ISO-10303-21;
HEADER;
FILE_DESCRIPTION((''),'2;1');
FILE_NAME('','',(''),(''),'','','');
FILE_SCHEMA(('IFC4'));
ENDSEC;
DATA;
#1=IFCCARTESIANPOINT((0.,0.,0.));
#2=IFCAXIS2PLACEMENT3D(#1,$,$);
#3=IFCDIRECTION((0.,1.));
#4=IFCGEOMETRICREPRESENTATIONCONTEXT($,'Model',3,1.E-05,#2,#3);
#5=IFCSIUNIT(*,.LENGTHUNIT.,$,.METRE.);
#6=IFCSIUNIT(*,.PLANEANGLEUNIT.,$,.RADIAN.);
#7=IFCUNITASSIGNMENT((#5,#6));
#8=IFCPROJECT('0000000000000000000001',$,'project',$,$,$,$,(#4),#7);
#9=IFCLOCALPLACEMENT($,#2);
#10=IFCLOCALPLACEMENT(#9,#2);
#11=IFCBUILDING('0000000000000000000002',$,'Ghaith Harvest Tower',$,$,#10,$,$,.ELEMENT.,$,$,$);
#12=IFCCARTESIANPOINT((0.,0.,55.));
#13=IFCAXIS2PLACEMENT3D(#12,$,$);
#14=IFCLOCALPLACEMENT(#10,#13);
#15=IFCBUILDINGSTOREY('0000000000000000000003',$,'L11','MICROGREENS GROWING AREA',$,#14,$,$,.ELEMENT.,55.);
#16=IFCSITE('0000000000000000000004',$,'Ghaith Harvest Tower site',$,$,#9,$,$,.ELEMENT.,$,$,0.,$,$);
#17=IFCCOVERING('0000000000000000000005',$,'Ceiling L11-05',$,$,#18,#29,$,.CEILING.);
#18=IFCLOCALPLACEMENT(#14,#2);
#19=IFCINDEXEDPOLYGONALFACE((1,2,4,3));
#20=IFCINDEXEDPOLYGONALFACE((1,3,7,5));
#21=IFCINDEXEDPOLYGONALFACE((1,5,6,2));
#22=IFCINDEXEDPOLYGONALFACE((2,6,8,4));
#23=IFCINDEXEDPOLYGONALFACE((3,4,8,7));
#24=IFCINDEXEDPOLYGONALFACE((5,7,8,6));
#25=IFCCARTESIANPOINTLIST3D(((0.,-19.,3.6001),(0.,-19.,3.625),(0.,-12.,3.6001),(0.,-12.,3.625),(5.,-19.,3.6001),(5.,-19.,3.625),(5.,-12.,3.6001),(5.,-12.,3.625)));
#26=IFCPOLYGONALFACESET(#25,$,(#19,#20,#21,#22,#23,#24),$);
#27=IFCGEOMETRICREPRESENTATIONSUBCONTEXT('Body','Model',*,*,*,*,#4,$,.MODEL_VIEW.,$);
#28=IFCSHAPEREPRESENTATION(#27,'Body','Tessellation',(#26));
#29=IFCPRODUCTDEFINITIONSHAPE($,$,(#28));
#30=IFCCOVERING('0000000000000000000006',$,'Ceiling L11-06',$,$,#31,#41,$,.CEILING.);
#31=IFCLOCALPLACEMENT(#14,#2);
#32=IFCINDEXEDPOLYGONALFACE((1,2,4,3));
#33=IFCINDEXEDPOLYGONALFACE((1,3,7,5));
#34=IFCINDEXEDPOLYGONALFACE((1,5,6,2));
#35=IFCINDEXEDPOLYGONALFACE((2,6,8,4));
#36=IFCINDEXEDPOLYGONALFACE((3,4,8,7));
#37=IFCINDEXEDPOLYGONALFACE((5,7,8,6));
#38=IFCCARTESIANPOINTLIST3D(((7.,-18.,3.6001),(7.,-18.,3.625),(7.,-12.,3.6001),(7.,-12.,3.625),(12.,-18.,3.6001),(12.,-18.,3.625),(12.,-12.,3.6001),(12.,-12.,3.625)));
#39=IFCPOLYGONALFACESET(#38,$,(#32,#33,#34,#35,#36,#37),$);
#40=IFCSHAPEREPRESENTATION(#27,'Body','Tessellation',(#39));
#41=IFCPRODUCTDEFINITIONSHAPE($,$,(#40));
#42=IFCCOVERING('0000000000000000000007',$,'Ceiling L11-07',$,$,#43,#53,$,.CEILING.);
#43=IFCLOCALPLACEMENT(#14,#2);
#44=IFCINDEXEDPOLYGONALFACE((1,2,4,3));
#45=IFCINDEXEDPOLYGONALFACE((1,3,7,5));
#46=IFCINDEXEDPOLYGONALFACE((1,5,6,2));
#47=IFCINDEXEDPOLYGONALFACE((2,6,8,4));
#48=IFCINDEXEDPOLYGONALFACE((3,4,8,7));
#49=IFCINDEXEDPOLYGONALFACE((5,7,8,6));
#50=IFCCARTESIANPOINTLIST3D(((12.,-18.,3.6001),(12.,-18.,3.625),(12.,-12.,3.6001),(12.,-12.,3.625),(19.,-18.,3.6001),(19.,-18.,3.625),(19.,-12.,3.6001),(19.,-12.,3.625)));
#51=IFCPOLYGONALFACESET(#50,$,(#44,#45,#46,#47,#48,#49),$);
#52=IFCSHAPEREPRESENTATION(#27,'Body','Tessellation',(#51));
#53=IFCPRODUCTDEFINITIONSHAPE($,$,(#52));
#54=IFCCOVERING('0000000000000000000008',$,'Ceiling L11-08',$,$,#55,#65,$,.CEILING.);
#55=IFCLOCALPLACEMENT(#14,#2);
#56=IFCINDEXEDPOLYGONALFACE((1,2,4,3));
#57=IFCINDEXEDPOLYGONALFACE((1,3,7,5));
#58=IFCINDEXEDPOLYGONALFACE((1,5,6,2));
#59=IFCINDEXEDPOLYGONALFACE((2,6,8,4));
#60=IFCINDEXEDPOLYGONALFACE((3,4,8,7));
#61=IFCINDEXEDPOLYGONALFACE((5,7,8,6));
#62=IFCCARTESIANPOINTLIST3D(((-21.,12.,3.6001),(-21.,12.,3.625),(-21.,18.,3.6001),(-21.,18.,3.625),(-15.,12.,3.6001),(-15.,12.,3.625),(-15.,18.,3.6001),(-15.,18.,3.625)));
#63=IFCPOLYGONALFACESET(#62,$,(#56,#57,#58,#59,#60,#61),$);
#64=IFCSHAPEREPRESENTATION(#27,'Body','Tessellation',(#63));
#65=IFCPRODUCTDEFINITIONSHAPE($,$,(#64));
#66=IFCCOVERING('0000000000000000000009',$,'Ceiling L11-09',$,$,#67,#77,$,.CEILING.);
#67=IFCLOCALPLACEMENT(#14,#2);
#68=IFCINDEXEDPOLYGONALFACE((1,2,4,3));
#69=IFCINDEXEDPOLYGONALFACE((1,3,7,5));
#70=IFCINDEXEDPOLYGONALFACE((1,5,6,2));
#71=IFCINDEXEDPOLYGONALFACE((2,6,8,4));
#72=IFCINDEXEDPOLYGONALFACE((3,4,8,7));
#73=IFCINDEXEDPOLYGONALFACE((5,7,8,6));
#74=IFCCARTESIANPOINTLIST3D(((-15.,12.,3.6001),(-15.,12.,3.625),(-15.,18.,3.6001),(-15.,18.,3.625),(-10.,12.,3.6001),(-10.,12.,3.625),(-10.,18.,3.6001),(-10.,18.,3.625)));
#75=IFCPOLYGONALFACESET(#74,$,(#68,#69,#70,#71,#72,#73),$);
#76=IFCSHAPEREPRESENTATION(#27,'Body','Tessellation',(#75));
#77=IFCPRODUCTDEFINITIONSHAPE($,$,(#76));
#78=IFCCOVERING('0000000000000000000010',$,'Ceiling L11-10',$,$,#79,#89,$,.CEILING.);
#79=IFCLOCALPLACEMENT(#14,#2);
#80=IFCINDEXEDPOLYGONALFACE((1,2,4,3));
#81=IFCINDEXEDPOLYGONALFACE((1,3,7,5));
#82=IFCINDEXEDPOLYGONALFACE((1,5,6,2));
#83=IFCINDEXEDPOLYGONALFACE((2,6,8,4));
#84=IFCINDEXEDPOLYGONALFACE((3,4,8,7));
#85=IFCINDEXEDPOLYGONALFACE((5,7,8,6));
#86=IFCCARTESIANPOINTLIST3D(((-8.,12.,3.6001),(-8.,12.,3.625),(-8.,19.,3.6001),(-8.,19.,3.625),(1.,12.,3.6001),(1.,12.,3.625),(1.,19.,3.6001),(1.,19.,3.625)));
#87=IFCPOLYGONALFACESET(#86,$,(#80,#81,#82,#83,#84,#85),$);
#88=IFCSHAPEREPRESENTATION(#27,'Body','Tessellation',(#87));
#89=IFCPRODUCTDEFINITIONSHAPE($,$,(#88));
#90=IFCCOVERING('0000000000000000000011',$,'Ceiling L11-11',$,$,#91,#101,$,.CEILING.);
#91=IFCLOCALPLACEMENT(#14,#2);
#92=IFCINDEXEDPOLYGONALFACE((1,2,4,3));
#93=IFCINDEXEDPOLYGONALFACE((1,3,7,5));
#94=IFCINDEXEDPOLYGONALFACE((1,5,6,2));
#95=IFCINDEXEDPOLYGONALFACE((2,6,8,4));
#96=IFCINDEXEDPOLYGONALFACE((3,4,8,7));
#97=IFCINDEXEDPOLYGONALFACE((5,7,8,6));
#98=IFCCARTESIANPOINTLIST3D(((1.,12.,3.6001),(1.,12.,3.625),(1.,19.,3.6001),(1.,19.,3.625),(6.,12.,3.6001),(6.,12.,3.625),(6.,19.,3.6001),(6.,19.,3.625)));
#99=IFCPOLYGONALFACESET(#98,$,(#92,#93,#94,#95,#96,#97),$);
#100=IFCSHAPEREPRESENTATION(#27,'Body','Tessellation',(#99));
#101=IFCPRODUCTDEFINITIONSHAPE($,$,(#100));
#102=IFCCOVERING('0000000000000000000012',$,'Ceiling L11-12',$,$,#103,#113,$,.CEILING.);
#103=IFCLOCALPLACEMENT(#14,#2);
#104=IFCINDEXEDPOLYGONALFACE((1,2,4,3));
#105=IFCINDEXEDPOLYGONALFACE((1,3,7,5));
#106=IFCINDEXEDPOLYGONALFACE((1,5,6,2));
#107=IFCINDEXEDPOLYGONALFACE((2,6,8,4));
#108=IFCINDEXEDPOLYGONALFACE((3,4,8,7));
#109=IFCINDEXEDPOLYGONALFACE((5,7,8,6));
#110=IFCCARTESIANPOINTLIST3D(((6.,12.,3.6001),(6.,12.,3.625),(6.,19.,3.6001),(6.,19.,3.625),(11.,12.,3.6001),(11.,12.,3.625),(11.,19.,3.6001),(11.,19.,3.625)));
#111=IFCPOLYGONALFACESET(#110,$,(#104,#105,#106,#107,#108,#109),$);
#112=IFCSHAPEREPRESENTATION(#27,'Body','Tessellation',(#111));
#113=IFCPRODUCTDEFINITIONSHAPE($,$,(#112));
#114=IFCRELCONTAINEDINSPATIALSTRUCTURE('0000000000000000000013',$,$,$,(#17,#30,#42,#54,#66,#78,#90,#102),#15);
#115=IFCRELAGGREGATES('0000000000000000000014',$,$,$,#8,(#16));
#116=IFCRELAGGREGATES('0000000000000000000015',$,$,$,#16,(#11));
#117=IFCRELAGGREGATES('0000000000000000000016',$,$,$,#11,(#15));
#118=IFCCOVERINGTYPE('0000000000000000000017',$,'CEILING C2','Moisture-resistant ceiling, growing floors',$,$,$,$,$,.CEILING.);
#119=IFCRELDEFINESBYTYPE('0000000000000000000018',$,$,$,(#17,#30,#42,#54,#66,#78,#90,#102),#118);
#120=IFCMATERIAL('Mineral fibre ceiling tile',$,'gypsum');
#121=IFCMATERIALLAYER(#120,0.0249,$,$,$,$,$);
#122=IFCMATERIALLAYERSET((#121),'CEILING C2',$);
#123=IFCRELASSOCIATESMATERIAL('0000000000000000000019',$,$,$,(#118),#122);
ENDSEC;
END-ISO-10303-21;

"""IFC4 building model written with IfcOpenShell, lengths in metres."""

from ifc_helpers import new_model, si_unit, direction, frame, origin, place, context, subcontext, project, spatial, polyline, outline, extrude, material, layer, layer_set, type_object, element, save


model = new_model("IFC4")

# Units and contexts
model_context = context("Model", 3, precision=1e-05, world=origin(), true_north=direction((0.0, 1.0)))
body_context = subcontext(model_context, "Body", "Model", "MODEL_VIEW")
ifc_project = project(units=[si_unit("LENGTHUNIT", "METRE"), si_unit("PLANEANGLEUNIT", "RADIAN")], contexts=[model_context])

# Site, building, storey
site_placement = place(None, origin())
site = spatial("IfcSite", under=ifc_project, at=site_placement, Name="Ghaith Harvest Tower site", CompositionType="ELEMENT", RefElevation=0.0)
building_placement = place(site_placement, origin())
building = spatial("IfcBuilding", under=site, at=building_placement, Name="Ghaith Harvest Tower", CompositionType="ELEMENT")
storey_placement = place(building_placement, frame((0.0, 0.0, 55.0)))
storey = spatial("IfcBuildingStorey", under=building, at=storey_placement, Name="L11", Description="MICROGREENS GROWING AREA", CompositionType="ELEMENT", Elevation=55.0)

# Coverings
ifc_material_1 = material(Name="Mineral fibre ceiling tile", Category="gypsum")
ifc_layer_1 = layer(ifc_material_1, 0.0249)
ifc_layer_set_1 = layer_set([ifc_layer_1], Name="CEILING C2")
covering_type = type_object("IfcCoveringType", Name="CEILING C2", Description="Moisture-resistant ceiling, growing floors", PredefinedType="CEILING", material=ifc_layer_set_1)
covering_1_placement = place(storey_placement, frame((0.0, 0.0, 3.6001)))
element("IfcCovering", 1, at=covering_1_placement, inside=storey, type_object=covering_type, Name="Ceiling L11-05", PredefinedType="CEILING", context=body_context, shape_type="SweptSolid", body=[
    extrude(outline(polyline([(0.0, -19.0), (5.0, -19.0), (5.0, -12.0), (0.0, -12.0), (0.0, -19.0)])), origin(), (0.0, 0.0, 1.0), 0.0249),
])
covering_2_placement = place(storey_placement, frame((0.0, 0.0, 3.6001)))
element("IfcCovering", 2, at=covering_2_placement, inside=storey, type_object=covering_type, Name="Ceiling L11-06", PredefinedType="CEILING", context=body_context, shape_type="SweptSolid", body=[
    extrude(outline(polyline([(7.0, -18.0), (12.0, -18.0), (12.0, -12.0), (7.0, -12.0), (7.0, -18.0)])), origin(), (0.0, 0.0, 1.0), 0.0249),
])
covering_3_placement = place(storey_placement, frame((0.0, 0.0, 3.6001)))
element("IfcCovering", 3, at=covering_3_placement, inside=storey, type_object=covering_type, Name="Ceiling L11-07", PredefinedType="CEILING", context=body_context, shape_type="SweptSolid", body=[
    extrude(outline(polyline([(12.0, -18.0), (19.0, -18.0), (19.0, -12.0), (12.0, -12.0), (12.0, -18.0)])), origin(), (0.0, 0.0, 1.0), 0.0249),
])
covering_4_placement = place(storey_placement, frame((0.0, 0.0, 3.6001)))
element("IfcCovering", 4, at=covering_4_placement, inside=storey, type_object=covering_type, Name="Ceiling L11-08", PredefinedType="CEILING", context=body_context, shape_type="SweptSolid", body=[
    extrude(outline(polyline([(-21.0, 12.0), (-15.0, 12.0), (-15.0, 18.0), (-21.0, 18.0), (-21.0, 12.0)])), origin(), (0.0, 0.0, 1.0), 0.0249),
])
covering_5_placement = place(storey_placement, frame((0.0, 0.0, 3.6001)))
element("IfcCovering", 5, at=covering_5_placement, inside=storey, type_object=covering_type, Name="Ceiling L11-09", PredefinedType="CEILING", context=body_context, shape_type="SweptSolid", body=[
    extrude(outline(polyline([(-15.0, 12.0), (-10.0, 12.0), (-10.0, 18.0), (-15.0, 18.0), (-15.0, 12.0)])), origin(), (0.0, 0.0, 1.0), 0.0249),
])
covering_6_placement = place(storey_placement, frame((0.0, 0.0, 3.6001)))
element("IfcCovering", 6, at=covering_6_placement, inside=storey, type_object=covering_type, Name="Ceiling L11-10", PredefinedType="CEILING", context=body_context, shape_type="SweptSolid", body=[
    extrude(outline(polyline([(-8.0, 12.0), (1.0, 12.0), (1.0, 19.0), (-8.0, 19.0), (-8.0, 12.0)])), origin(), (0.0, 0.0, 1.0), 0.0249),
])
covering_7_placement = place(storey_placement, frame((0.0, 0.0, 3.6001)))
element("IfcCovering", 7, at=covering_7_placement, inside=storey, type_object=covering_type, Name="Ceiling L11-11", PredefinedType="CEILING", context=body_context, shape_type="SweptSolid", body=[
    extrude(outline(polyline([(1.0, 12.0), (6.0, 12.0), (6.0, 19.0), (1.0, 19.0), (1.0, 12.0)])), origin(), (0.0, 0.0, 1.0), 0.0249),
])
covering_8_placement = place(storey_placement, frame((0.0, 0.0, 3.6001)))
element("IfcCovering", 8, at=covering_8_placement, inside=storey, type_object=covering_type, Name="Ceiling L11-12", PredefinedType="CEILING", context=body_context, shape_type="SweptSolid", body=[
    extrude(outline(polyline([(6.0, 12.0), (11.0, 12.0), (11.0, 19.0), (6.0, 19.0), (6.0, 12.0)])), origin(), (0.0, 0.0, 1.0), 0.0249),
])

save(model, "model.ifc")
